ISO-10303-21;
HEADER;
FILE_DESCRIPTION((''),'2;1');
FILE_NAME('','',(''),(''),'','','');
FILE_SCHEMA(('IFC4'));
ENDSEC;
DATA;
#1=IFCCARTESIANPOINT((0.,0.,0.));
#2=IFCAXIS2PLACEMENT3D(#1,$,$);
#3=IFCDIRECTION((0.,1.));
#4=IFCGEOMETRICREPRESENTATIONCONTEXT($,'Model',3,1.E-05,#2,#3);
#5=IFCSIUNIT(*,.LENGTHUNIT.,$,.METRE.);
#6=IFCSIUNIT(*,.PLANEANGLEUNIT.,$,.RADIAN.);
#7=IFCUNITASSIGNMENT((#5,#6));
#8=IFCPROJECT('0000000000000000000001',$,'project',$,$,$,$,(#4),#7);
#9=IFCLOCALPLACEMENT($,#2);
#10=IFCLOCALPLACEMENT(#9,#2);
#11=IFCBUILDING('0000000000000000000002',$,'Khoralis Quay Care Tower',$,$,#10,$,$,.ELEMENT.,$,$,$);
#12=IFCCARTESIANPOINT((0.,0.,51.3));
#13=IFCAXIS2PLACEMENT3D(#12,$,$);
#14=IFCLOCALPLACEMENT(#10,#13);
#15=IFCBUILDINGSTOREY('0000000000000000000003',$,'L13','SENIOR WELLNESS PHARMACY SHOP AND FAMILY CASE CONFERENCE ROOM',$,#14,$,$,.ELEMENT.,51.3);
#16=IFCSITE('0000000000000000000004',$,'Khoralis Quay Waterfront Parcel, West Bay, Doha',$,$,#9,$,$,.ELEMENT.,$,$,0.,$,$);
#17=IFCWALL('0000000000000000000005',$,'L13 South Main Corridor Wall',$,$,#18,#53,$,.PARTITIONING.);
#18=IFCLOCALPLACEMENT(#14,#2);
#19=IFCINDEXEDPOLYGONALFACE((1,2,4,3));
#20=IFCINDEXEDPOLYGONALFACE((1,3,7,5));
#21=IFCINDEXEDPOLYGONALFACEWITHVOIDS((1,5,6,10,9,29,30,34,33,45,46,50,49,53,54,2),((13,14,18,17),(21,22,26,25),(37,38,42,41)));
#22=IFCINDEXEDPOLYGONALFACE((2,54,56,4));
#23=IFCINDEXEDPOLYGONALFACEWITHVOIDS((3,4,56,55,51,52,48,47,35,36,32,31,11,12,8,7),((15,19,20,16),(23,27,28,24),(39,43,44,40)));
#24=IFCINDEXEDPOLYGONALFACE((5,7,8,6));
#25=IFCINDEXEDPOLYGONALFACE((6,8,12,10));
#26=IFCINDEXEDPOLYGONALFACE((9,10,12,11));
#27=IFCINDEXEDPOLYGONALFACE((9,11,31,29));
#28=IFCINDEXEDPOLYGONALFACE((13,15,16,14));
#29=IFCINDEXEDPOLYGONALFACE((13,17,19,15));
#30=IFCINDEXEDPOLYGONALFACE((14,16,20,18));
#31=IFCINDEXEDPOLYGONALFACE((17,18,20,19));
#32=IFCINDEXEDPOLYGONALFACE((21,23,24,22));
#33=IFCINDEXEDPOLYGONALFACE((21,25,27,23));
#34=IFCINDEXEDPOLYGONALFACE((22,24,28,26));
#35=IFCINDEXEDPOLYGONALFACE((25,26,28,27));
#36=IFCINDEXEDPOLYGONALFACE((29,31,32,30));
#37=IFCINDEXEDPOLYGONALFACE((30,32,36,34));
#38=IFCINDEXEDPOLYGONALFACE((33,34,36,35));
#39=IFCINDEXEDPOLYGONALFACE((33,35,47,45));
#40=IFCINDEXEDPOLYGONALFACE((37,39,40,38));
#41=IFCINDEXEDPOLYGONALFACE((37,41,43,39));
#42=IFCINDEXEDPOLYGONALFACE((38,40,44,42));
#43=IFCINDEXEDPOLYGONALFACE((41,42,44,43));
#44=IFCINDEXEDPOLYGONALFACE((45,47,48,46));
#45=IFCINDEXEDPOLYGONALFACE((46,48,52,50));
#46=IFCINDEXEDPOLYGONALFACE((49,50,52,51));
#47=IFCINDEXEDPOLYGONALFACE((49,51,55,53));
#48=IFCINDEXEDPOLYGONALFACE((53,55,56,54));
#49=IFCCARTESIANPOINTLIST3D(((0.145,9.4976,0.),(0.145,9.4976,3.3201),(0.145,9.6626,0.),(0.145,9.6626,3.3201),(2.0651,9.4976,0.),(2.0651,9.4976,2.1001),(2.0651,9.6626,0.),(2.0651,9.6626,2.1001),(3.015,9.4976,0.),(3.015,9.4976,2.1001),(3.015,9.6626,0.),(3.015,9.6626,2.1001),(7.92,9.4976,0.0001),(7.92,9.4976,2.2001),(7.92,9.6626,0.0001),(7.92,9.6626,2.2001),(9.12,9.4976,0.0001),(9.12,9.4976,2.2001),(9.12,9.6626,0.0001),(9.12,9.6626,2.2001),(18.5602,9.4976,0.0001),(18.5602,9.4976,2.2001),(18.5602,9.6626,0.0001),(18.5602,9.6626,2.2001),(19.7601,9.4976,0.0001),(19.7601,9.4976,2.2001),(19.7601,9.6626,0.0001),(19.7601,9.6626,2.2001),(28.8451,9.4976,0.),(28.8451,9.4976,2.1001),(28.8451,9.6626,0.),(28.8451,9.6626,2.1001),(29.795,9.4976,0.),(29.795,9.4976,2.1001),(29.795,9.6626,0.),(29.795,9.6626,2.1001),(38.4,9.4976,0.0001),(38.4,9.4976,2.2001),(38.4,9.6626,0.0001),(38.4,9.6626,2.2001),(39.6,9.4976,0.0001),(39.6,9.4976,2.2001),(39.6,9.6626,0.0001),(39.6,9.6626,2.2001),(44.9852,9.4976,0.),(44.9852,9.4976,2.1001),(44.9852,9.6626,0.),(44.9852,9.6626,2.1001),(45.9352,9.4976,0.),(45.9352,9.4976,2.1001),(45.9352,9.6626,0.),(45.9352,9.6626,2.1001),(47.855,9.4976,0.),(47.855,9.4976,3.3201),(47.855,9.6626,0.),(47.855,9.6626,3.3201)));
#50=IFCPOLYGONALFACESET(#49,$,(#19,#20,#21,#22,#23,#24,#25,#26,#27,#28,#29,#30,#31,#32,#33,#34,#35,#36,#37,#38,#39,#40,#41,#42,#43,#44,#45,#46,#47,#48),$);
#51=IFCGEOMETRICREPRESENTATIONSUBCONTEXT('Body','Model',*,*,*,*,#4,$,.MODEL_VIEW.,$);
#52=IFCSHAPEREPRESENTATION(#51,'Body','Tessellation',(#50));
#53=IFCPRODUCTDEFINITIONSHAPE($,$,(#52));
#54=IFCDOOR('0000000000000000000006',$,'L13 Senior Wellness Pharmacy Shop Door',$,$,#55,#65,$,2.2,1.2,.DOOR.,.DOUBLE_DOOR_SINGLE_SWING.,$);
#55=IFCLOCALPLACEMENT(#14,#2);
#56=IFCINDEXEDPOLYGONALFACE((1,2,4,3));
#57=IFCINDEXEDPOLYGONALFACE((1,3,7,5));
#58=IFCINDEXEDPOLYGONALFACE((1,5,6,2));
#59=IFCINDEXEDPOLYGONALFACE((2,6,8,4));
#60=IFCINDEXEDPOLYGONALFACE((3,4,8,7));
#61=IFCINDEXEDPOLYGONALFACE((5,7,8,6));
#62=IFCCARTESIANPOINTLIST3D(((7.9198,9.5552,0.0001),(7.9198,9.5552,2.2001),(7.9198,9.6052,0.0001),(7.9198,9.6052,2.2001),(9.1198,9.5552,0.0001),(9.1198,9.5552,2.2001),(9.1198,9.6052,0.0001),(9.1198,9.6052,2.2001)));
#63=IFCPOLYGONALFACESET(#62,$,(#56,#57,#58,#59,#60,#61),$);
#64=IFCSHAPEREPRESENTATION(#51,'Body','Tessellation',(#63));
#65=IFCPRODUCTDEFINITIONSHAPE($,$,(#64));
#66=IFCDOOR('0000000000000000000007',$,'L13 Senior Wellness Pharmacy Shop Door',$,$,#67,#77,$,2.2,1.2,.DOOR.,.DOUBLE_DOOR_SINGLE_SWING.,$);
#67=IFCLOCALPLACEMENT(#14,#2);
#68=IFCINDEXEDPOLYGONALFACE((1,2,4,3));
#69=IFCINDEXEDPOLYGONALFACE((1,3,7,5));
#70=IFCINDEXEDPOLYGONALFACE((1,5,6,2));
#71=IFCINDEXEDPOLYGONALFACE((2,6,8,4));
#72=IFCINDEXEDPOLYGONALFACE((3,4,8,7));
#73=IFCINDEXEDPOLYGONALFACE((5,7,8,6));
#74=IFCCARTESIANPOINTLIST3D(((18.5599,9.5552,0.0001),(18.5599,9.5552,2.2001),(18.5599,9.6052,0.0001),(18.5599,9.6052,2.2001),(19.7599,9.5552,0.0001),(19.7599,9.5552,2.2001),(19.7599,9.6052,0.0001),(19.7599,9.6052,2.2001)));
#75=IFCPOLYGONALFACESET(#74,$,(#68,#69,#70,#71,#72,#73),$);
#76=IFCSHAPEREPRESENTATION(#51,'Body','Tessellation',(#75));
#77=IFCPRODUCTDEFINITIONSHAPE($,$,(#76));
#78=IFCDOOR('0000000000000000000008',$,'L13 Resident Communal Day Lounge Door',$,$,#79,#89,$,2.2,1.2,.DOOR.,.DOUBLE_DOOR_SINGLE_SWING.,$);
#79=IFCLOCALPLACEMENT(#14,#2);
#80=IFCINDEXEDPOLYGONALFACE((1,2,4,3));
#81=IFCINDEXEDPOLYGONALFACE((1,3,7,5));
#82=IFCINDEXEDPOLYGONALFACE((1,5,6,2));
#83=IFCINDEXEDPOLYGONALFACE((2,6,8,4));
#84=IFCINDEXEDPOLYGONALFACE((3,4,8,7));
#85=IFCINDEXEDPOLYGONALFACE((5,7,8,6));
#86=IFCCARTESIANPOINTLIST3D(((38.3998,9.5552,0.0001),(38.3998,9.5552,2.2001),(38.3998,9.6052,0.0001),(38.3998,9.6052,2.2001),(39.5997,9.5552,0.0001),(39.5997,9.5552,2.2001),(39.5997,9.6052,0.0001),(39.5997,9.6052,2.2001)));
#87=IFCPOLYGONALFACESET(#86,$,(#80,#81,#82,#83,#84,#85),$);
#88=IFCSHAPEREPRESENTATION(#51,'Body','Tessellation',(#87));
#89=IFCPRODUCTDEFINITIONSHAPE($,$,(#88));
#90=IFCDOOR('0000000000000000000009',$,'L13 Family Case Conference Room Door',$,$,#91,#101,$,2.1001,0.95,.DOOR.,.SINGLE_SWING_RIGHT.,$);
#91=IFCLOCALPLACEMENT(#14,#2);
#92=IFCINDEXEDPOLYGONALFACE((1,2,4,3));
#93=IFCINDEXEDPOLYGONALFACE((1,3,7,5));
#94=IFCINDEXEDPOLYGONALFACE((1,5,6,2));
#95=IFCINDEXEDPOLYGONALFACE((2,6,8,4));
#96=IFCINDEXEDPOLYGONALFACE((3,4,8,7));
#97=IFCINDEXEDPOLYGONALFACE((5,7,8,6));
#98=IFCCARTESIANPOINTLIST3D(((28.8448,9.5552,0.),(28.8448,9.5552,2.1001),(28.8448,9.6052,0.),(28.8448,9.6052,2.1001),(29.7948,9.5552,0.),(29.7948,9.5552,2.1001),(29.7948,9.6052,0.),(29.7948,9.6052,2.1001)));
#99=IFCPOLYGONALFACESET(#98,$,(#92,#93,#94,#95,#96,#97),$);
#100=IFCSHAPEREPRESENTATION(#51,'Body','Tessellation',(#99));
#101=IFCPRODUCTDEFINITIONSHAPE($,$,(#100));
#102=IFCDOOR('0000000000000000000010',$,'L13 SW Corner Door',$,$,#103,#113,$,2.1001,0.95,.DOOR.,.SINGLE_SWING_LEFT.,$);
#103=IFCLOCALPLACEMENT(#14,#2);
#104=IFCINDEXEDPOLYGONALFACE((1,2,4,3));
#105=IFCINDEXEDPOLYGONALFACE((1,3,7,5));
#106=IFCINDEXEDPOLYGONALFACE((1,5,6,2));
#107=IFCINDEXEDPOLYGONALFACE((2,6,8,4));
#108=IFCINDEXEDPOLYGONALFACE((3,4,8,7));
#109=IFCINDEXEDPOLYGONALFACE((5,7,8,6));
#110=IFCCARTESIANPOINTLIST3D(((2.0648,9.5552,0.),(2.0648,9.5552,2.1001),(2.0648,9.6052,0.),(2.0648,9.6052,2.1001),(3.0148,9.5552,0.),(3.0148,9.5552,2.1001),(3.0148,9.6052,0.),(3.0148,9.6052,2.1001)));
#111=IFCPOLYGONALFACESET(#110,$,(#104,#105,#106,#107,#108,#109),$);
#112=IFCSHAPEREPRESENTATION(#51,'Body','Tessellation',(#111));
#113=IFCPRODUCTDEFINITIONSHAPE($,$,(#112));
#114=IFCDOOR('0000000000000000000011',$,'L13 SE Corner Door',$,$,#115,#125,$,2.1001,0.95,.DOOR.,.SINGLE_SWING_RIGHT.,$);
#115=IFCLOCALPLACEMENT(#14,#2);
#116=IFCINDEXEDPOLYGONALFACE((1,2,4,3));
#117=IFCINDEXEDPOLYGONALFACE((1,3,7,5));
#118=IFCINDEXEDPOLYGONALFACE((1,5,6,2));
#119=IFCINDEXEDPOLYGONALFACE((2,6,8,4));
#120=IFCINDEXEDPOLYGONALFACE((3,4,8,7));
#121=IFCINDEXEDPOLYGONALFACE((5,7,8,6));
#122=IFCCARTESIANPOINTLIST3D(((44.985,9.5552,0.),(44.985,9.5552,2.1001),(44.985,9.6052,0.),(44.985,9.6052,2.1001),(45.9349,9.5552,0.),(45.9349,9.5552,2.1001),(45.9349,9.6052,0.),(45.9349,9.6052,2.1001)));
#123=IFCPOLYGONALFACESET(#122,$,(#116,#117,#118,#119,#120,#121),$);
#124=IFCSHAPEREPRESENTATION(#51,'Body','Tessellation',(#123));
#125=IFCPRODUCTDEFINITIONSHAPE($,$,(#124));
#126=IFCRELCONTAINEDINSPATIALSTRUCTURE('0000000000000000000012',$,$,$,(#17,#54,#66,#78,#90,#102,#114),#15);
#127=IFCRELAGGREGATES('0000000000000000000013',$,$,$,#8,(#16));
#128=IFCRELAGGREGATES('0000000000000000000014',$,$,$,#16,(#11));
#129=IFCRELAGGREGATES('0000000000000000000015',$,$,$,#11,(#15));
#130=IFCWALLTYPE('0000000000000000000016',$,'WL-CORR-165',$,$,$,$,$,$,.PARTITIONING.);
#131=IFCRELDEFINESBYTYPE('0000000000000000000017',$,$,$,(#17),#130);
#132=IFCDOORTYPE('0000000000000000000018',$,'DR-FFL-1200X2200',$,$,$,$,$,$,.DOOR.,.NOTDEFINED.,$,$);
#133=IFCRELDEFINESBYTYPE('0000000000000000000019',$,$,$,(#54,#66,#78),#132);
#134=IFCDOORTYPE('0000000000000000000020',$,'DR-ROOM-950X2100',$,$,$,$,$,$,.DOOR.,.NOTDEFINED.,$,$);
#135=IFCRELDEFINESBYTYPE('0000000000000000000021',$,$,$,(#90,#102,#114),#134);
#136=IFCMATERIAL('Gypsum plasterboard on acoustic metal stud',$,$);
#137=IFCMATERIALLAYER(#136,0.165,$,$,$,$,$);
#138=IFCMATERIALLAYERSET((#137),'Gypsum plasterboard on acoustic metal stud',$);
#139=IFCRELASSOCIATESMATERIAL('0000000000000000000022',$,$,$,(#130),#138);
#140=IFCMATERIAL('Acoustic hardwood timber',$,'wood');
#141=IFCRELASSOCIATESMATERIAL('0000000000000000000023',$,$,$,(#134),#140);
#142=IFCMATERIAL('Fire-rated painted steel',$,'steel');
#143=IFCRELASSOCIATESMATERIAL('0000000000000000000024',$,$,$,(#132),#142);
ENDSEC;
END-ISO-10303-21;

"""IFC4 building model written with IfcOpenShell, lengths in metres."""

from ifc_helpers import new_model, si_unit, direction, frame, frame_2d, origin, place, context, subcontext, project, spatial, rectangle, extrude, source, transform, mapped, material, layer, layer_set, type_object, element, fill, save


model = new_model("IFC4")

# Units and contexts
model_context = context("Model", 3, precision=1e-05, world=origin(), true_north=direction((0.0, 1.0)))
body_context = subcontext(model_context, "Body", "Model", "MODEL_VIEW")
ifc_project = project(units=[si_unit("LENGTHUNIT", "METRE"), si_unit("PLANEANGLEUNIT", "RADIAN")], contexts=[model_context])

# Site, building, storey
site_placement = place(None, origin())
site = spatial("IfcSite", under=ifc_project, at=site_placement, Name="Khoralis Quay Waterfront Parcel, West Bay, Doha", CompositionType="ELEMENT", RefElevation=0.0)
building_placement = place(site_placement, origin())
building = spatial("IfcBuilding", under=site, at=building_placement, Name="Khoralis Quay Care Tower", CompositionType="ELEMENT")
storey_placement = place(building_placement, frame((0.0, 0.0, 51.3)))
storey = spatial("IfcBuildingStorey", under=building, at=storey_placement, Name="L13", Description="SENIOR WELLNESS PHARMACY SHOP AND FAMILY CASE CONFERENCE ROOM", CompositionType="ELEMENT", Elevation=51.3)

# Wall, openings, doors
ifc_material_1 = material(Name="Gypsum plasterboard on acoustic metal stud")
ifc_layer_1 = layer(ifc_material_1, 0.165)
ifc_layer_set_1 = layer_set([ifc_layer_1], Name="Gypsum plasterboard on acoustic metal stud")
wall_type_1 = type_object("IfcWallType", Name="WL-CORR-165", PredefinedType="PARTITIONING", material=ifc_layer_set_1)
ifc_material_2 = material(Name="Acoustic hardwood timber", Category="wood")
door_type_1 = type_object("IfcDoorType", Name="DR-ROOM-950X2100", OperationType="NOTDEFINED", PredefinedType="DOOR", material=ifc_material_2)
shared_shape_1 = source(origin(), body_context, "Body", "SweptSolid", [
    extrude(rectangle(XDim=0.95, YDim=2.1001, at=frame_2d((0.4751, 1.05))), frame((0.0, 0.0249, 0.0), z_axis=(0.0, -1.0, 0.0), x_axis=(1.0, 0.0, 0.0)), (0.0, 0.0, 1.0), 0.05),
])
wall_1_placement = place(storey_placement, frame((0.145, 9.5801, 0.0), z_axis=(0.0, 0.0, 1.0), x_axis=(1.0, 0.0, 0.0)))
wall_1 = element("IfcWall", 1, at=wall_1_placement, inside=storey, type_object=wall_type_1, Name="L13 South Main Corridor Wall", PredefinedType="PARTITIONING", context=body_context, shape_type="SweptSolid", body=[
    extrude(rectangle(XDim=47.71, YDim=0.165, at=frame_2d((23.855, 0.0))), origin(), (0.0, 0.0, 1.0), 3.3201),
])
opening_1_placement = place(wall_1_placement, frame((7.7749, 0.0, 0.0)))
opening_1 = element("IfcOpeningElement", 2, at=opening_1_placement, cuts=wall_1, PredefinedType="OPENING", context=body_context, shape_type="SweptSolid", body=[
    extrude(rectangle(XDim=1.2, YDim=2.2, at=frame_2d((0.6001, 1.1001))), frame((0.0, 0.0925, 0.0), z_axis=(0.0, -1.0, 0.0), x_axis=(1.0, 0.0, 0.0)), (0.0, 0.0, 1.0), 0.1851),
])
opening_2_placement = place(wall_1_placement, frame((18.415, 0.0, 0.0)))
opening_2 = element("IfcOpeningElement", 3, at=opening_2_placement, cuts=wall_1, PredefinedType="OPENING", context=body_context, shape_type="SweptSolid", body=[
    extrude(rectangle(XDim=1.2, YDim=2.2, at=frame_2d((0.6001, 1.1001))), frame((0.0, 0.0925, 0.0), z_axis=(0.0, -1.0, 0.0), x_axis=(1.0, 0.0, 0.0)), (0.0, 0.0, 1.0), 0.1851),
])
opening_3_placement = place(wall_1_placement, frame((28.7, 0.0, 0.0)))
opening_3 = element("IfcOpeningElement", 4, at=opening_3_placement, cuts=wall_1, PredefinedType="OPENING", context=body_context, shape_type="SweptSolid", body=[
    extrude(rectangle(XDim=0.95, YDim=2.1001, at=frame_2d((0.4751, 1.05))), frame((0.0, 0.0925, 0.0), z_axis=(0.0, -1.0, 0.0), x_axis=(1.0, 0.0, 0.0)), (0.0, 0.0, 1.0), 0.1851),
])
opening_4_placement = place(wall_1_placement, frame((38.2549, 0.0, 0.0)))
opening_4 = element("IfcOpeningElement", 5, at=opening_4_placement, cuts=wall_1, PredefinedType="OPENING", context=body_context, shape_type="SweptSolid", body=[
    extrude(rectangle(XDim=1.2, YDim=2.2, at=frame_2d((0.6001, 1.1001))), frame((0.0, 0.0925, 0.0), z_axis=(0.0, -1.0, 0.0), x_axis=(1.0, 0.0, 0.0)), (0.0, 0.0, 1.0), 0.1851),
])
opening_5_placement = place(wall_1_placement, frame((1.9199, 0.0, 0.0)))
opening_5 = element("IfcOpeningElement", 6, at=opening_5_placement, cuts=wall_1, PredefinedType="OPENING", context=body_context, shape_type="SweptSolid", body=[
    extrude(rectangle(XDim=0.95, YDim=2.1001, at=frame_2d((0.4751, 1.05))), frame((0.0, 0.0925, 0.0), z_axis=(0.0, -1.0, 0.0), x_axis=(1.0, 0.0, 0.0)), (0.0, 0.0, 1.0), 0.1851),
])
opening_6_placement = place(wall_1_placement, frame((44.8401, 0.0, 0.0)))
opening_6 = element("IfcOpeningElement", 7, at=opening_6_placement, cuts=wall_1, PredefinedType="OPENING", context=body_context, shape_type="SweptSolid", body=[
    extrude(rectangle(XDim=0.95, YDim=2.1001, at=frame_2d((0.4751, 1.05))), frame((0.0, 0.0925, 0.0), z_axis=(0.0, -1.0, 0.0), x_axis=(1.0, 0.0, 0.0)), (0.0, 0.0, 1.0), 0.1851),
])
ifc_material_3 = material(Name="Fire-rated painted steel", Category="steel")
door_type_2 = type_object("IfcDoorType", Name="DR-FFL-1200X2200", OperationType="NOTDEFINED", PredefinedType="DOOR", material=ifc_material_3)
shared_shape_2 = source(origin(), body_context, "Body", "SweptSolid", [
    extrude(rectangle(XDim=1.2, YDim=2.2, at=frame_2d((0.6001, 1.1001))), frame((0.0, 0.0249, 0.0), z_axis=(0.0, -1.0, 0.0), x_axis=(1.0, 0.0, 0.0)), (0.0, 0.0, 1.0), 0.05),
])
door_1_placement = place(opening_1_placement, frame((1.2, 0.0, 0.0), z_axis=(0.0, 0.0, 1.0), x_axis=(-1.0, 0.0, 0.0)))
door_1 = element("IfcDoor", 8, at=door_1_placement, inside=storey, type_object=door_type_2, Name="L13 Senior Wellness Pharmacy Shop Door", OperationType="DOUBLE_DOOR_SINGLE_SWING", OverallHeight=2.2, OverallWidth=1.2, PredefinedType="DOOR", context=body_context, shape_type="MappedRepresentation", body=[
    mapped(shared_shape_2, transform((0.0, 0.0, 0.0), scale=1.0)),
])
fill(opening_1, door_1)
door_2_placement = place(opening_2_placement, frame((1.2, 0.0, 0.0), z_axis=(0.0, 0.0, 1.0), x_axis=(-1.0, 0.0, 0.0)))
door_2 = element("IfcDoor", 9, at=door_2_placement, inside=storey, type_object=door_type_2, Name="L13 Senior Wellness Pharmacy Shop Door", OperationType="DOUBLE_DOOR_SINGLE_SWING", OverallHeight=2.2, OverallWidth=1.2, PredefinedType="DOOR", context=body_context, shape_type="MappedRepresentation", body=[
    mapped(shared_shape_2, transform((0.0, 0.0, 0.0), scale=1.0)),
])
fill(opening_2, door_2)
door_3_placement = place(opening_4_placement, frame((1.2, 0.0, 0.0), z_axis=(0.0, 0.0, 1.0), x_axis=(-1.0, 0.0, 0.0)))
door_3 = element("IfcDoor", 10, at=door_3_placement, inside=storey, type_object=door_type_2, Name="L13 Resident Communal Day Lounge Door", OperationType="DOUBLE_DOOR_SINGLE_SWING", OverallHeight=2.2, OverallWidth=1.2, PredefinedType="DOOR", context=body_context, shape_type="MappedRepresentation", body=[
    mapped(shared_shape_2, transform((0.0, 0.0, 0.0), scale=1.0)),
])
fill(opening_4, door_3)
door_4_placement = place(opening_3_placement, frame((0.95, 0.0, 0.0), z_axis=(0.0, 0.0, 1.0), x_axis=(-1.0, 0.0, 0.0)))
door_4 = element("IfcDoor", 11, at=door_4_placement, inside=storey, type_object=door_type_1, Name="L13 Family Case Conference Room Door", OperationType="SINGLE_SWING_RIGHT", OverallHeight=2.1001, OverallWidth=0.95, PredefinedType="DOOR", context=body_context, shape_type="MappedRepresentation", body=[
    mapped(shared_shape_1, transform((0.0, 0.0, 0.0), scale=1.0)),
])
fill(opening_3, door_4)
door_5_placement = place(opening_5_placement, frame((0.95, 0.0, 0.0), z_axis=(0.0, 0.0, 1.0), x_axis=(-1.0, 0.0, 0.0)))
door_5 = element("IfcDoor", 12, at=door_5_placement, inside=storey, type_object=door_type_1, Name="L13 SW Corner Door", OperationType="SINGLE_SWING_LEFT", OverallHeight=2.1001, OverallWidth=0.95, PredefinedType="DOOR", context=body_context, shape_type="MappedRepresentation", body=[
    mapped(shared_shape_1, transform((0.0, 0.0, 0.0), scale=1.0)),
])
fill(opening_5, door_5)
door_6_placement = place(opening_6_placement, frame((0.95, 0.0, 0.0), z_axis=(0.0, 0.0, 1.0), x_axis=(-1.0, 0.0, 0.0)))
door_6 = element("IfcDoor", 13, at=door_6_placement, inside=storey, type_object=door_type_1, Name="L13 SE Corner Door", OperationType="SINGLE_SWING_RIGHT", OverallHeight=2.1001, OverallWidth=0.95, PredefinedType="DOOR", context=body_context, shape_type="MappedRepresentation", body=[
    mapped(shared_shape_1, transform((0.0, 0.0, 0.0), scale=1.0)),
])
fill(opening_6, door_6)

save(model, "model.ifc")
